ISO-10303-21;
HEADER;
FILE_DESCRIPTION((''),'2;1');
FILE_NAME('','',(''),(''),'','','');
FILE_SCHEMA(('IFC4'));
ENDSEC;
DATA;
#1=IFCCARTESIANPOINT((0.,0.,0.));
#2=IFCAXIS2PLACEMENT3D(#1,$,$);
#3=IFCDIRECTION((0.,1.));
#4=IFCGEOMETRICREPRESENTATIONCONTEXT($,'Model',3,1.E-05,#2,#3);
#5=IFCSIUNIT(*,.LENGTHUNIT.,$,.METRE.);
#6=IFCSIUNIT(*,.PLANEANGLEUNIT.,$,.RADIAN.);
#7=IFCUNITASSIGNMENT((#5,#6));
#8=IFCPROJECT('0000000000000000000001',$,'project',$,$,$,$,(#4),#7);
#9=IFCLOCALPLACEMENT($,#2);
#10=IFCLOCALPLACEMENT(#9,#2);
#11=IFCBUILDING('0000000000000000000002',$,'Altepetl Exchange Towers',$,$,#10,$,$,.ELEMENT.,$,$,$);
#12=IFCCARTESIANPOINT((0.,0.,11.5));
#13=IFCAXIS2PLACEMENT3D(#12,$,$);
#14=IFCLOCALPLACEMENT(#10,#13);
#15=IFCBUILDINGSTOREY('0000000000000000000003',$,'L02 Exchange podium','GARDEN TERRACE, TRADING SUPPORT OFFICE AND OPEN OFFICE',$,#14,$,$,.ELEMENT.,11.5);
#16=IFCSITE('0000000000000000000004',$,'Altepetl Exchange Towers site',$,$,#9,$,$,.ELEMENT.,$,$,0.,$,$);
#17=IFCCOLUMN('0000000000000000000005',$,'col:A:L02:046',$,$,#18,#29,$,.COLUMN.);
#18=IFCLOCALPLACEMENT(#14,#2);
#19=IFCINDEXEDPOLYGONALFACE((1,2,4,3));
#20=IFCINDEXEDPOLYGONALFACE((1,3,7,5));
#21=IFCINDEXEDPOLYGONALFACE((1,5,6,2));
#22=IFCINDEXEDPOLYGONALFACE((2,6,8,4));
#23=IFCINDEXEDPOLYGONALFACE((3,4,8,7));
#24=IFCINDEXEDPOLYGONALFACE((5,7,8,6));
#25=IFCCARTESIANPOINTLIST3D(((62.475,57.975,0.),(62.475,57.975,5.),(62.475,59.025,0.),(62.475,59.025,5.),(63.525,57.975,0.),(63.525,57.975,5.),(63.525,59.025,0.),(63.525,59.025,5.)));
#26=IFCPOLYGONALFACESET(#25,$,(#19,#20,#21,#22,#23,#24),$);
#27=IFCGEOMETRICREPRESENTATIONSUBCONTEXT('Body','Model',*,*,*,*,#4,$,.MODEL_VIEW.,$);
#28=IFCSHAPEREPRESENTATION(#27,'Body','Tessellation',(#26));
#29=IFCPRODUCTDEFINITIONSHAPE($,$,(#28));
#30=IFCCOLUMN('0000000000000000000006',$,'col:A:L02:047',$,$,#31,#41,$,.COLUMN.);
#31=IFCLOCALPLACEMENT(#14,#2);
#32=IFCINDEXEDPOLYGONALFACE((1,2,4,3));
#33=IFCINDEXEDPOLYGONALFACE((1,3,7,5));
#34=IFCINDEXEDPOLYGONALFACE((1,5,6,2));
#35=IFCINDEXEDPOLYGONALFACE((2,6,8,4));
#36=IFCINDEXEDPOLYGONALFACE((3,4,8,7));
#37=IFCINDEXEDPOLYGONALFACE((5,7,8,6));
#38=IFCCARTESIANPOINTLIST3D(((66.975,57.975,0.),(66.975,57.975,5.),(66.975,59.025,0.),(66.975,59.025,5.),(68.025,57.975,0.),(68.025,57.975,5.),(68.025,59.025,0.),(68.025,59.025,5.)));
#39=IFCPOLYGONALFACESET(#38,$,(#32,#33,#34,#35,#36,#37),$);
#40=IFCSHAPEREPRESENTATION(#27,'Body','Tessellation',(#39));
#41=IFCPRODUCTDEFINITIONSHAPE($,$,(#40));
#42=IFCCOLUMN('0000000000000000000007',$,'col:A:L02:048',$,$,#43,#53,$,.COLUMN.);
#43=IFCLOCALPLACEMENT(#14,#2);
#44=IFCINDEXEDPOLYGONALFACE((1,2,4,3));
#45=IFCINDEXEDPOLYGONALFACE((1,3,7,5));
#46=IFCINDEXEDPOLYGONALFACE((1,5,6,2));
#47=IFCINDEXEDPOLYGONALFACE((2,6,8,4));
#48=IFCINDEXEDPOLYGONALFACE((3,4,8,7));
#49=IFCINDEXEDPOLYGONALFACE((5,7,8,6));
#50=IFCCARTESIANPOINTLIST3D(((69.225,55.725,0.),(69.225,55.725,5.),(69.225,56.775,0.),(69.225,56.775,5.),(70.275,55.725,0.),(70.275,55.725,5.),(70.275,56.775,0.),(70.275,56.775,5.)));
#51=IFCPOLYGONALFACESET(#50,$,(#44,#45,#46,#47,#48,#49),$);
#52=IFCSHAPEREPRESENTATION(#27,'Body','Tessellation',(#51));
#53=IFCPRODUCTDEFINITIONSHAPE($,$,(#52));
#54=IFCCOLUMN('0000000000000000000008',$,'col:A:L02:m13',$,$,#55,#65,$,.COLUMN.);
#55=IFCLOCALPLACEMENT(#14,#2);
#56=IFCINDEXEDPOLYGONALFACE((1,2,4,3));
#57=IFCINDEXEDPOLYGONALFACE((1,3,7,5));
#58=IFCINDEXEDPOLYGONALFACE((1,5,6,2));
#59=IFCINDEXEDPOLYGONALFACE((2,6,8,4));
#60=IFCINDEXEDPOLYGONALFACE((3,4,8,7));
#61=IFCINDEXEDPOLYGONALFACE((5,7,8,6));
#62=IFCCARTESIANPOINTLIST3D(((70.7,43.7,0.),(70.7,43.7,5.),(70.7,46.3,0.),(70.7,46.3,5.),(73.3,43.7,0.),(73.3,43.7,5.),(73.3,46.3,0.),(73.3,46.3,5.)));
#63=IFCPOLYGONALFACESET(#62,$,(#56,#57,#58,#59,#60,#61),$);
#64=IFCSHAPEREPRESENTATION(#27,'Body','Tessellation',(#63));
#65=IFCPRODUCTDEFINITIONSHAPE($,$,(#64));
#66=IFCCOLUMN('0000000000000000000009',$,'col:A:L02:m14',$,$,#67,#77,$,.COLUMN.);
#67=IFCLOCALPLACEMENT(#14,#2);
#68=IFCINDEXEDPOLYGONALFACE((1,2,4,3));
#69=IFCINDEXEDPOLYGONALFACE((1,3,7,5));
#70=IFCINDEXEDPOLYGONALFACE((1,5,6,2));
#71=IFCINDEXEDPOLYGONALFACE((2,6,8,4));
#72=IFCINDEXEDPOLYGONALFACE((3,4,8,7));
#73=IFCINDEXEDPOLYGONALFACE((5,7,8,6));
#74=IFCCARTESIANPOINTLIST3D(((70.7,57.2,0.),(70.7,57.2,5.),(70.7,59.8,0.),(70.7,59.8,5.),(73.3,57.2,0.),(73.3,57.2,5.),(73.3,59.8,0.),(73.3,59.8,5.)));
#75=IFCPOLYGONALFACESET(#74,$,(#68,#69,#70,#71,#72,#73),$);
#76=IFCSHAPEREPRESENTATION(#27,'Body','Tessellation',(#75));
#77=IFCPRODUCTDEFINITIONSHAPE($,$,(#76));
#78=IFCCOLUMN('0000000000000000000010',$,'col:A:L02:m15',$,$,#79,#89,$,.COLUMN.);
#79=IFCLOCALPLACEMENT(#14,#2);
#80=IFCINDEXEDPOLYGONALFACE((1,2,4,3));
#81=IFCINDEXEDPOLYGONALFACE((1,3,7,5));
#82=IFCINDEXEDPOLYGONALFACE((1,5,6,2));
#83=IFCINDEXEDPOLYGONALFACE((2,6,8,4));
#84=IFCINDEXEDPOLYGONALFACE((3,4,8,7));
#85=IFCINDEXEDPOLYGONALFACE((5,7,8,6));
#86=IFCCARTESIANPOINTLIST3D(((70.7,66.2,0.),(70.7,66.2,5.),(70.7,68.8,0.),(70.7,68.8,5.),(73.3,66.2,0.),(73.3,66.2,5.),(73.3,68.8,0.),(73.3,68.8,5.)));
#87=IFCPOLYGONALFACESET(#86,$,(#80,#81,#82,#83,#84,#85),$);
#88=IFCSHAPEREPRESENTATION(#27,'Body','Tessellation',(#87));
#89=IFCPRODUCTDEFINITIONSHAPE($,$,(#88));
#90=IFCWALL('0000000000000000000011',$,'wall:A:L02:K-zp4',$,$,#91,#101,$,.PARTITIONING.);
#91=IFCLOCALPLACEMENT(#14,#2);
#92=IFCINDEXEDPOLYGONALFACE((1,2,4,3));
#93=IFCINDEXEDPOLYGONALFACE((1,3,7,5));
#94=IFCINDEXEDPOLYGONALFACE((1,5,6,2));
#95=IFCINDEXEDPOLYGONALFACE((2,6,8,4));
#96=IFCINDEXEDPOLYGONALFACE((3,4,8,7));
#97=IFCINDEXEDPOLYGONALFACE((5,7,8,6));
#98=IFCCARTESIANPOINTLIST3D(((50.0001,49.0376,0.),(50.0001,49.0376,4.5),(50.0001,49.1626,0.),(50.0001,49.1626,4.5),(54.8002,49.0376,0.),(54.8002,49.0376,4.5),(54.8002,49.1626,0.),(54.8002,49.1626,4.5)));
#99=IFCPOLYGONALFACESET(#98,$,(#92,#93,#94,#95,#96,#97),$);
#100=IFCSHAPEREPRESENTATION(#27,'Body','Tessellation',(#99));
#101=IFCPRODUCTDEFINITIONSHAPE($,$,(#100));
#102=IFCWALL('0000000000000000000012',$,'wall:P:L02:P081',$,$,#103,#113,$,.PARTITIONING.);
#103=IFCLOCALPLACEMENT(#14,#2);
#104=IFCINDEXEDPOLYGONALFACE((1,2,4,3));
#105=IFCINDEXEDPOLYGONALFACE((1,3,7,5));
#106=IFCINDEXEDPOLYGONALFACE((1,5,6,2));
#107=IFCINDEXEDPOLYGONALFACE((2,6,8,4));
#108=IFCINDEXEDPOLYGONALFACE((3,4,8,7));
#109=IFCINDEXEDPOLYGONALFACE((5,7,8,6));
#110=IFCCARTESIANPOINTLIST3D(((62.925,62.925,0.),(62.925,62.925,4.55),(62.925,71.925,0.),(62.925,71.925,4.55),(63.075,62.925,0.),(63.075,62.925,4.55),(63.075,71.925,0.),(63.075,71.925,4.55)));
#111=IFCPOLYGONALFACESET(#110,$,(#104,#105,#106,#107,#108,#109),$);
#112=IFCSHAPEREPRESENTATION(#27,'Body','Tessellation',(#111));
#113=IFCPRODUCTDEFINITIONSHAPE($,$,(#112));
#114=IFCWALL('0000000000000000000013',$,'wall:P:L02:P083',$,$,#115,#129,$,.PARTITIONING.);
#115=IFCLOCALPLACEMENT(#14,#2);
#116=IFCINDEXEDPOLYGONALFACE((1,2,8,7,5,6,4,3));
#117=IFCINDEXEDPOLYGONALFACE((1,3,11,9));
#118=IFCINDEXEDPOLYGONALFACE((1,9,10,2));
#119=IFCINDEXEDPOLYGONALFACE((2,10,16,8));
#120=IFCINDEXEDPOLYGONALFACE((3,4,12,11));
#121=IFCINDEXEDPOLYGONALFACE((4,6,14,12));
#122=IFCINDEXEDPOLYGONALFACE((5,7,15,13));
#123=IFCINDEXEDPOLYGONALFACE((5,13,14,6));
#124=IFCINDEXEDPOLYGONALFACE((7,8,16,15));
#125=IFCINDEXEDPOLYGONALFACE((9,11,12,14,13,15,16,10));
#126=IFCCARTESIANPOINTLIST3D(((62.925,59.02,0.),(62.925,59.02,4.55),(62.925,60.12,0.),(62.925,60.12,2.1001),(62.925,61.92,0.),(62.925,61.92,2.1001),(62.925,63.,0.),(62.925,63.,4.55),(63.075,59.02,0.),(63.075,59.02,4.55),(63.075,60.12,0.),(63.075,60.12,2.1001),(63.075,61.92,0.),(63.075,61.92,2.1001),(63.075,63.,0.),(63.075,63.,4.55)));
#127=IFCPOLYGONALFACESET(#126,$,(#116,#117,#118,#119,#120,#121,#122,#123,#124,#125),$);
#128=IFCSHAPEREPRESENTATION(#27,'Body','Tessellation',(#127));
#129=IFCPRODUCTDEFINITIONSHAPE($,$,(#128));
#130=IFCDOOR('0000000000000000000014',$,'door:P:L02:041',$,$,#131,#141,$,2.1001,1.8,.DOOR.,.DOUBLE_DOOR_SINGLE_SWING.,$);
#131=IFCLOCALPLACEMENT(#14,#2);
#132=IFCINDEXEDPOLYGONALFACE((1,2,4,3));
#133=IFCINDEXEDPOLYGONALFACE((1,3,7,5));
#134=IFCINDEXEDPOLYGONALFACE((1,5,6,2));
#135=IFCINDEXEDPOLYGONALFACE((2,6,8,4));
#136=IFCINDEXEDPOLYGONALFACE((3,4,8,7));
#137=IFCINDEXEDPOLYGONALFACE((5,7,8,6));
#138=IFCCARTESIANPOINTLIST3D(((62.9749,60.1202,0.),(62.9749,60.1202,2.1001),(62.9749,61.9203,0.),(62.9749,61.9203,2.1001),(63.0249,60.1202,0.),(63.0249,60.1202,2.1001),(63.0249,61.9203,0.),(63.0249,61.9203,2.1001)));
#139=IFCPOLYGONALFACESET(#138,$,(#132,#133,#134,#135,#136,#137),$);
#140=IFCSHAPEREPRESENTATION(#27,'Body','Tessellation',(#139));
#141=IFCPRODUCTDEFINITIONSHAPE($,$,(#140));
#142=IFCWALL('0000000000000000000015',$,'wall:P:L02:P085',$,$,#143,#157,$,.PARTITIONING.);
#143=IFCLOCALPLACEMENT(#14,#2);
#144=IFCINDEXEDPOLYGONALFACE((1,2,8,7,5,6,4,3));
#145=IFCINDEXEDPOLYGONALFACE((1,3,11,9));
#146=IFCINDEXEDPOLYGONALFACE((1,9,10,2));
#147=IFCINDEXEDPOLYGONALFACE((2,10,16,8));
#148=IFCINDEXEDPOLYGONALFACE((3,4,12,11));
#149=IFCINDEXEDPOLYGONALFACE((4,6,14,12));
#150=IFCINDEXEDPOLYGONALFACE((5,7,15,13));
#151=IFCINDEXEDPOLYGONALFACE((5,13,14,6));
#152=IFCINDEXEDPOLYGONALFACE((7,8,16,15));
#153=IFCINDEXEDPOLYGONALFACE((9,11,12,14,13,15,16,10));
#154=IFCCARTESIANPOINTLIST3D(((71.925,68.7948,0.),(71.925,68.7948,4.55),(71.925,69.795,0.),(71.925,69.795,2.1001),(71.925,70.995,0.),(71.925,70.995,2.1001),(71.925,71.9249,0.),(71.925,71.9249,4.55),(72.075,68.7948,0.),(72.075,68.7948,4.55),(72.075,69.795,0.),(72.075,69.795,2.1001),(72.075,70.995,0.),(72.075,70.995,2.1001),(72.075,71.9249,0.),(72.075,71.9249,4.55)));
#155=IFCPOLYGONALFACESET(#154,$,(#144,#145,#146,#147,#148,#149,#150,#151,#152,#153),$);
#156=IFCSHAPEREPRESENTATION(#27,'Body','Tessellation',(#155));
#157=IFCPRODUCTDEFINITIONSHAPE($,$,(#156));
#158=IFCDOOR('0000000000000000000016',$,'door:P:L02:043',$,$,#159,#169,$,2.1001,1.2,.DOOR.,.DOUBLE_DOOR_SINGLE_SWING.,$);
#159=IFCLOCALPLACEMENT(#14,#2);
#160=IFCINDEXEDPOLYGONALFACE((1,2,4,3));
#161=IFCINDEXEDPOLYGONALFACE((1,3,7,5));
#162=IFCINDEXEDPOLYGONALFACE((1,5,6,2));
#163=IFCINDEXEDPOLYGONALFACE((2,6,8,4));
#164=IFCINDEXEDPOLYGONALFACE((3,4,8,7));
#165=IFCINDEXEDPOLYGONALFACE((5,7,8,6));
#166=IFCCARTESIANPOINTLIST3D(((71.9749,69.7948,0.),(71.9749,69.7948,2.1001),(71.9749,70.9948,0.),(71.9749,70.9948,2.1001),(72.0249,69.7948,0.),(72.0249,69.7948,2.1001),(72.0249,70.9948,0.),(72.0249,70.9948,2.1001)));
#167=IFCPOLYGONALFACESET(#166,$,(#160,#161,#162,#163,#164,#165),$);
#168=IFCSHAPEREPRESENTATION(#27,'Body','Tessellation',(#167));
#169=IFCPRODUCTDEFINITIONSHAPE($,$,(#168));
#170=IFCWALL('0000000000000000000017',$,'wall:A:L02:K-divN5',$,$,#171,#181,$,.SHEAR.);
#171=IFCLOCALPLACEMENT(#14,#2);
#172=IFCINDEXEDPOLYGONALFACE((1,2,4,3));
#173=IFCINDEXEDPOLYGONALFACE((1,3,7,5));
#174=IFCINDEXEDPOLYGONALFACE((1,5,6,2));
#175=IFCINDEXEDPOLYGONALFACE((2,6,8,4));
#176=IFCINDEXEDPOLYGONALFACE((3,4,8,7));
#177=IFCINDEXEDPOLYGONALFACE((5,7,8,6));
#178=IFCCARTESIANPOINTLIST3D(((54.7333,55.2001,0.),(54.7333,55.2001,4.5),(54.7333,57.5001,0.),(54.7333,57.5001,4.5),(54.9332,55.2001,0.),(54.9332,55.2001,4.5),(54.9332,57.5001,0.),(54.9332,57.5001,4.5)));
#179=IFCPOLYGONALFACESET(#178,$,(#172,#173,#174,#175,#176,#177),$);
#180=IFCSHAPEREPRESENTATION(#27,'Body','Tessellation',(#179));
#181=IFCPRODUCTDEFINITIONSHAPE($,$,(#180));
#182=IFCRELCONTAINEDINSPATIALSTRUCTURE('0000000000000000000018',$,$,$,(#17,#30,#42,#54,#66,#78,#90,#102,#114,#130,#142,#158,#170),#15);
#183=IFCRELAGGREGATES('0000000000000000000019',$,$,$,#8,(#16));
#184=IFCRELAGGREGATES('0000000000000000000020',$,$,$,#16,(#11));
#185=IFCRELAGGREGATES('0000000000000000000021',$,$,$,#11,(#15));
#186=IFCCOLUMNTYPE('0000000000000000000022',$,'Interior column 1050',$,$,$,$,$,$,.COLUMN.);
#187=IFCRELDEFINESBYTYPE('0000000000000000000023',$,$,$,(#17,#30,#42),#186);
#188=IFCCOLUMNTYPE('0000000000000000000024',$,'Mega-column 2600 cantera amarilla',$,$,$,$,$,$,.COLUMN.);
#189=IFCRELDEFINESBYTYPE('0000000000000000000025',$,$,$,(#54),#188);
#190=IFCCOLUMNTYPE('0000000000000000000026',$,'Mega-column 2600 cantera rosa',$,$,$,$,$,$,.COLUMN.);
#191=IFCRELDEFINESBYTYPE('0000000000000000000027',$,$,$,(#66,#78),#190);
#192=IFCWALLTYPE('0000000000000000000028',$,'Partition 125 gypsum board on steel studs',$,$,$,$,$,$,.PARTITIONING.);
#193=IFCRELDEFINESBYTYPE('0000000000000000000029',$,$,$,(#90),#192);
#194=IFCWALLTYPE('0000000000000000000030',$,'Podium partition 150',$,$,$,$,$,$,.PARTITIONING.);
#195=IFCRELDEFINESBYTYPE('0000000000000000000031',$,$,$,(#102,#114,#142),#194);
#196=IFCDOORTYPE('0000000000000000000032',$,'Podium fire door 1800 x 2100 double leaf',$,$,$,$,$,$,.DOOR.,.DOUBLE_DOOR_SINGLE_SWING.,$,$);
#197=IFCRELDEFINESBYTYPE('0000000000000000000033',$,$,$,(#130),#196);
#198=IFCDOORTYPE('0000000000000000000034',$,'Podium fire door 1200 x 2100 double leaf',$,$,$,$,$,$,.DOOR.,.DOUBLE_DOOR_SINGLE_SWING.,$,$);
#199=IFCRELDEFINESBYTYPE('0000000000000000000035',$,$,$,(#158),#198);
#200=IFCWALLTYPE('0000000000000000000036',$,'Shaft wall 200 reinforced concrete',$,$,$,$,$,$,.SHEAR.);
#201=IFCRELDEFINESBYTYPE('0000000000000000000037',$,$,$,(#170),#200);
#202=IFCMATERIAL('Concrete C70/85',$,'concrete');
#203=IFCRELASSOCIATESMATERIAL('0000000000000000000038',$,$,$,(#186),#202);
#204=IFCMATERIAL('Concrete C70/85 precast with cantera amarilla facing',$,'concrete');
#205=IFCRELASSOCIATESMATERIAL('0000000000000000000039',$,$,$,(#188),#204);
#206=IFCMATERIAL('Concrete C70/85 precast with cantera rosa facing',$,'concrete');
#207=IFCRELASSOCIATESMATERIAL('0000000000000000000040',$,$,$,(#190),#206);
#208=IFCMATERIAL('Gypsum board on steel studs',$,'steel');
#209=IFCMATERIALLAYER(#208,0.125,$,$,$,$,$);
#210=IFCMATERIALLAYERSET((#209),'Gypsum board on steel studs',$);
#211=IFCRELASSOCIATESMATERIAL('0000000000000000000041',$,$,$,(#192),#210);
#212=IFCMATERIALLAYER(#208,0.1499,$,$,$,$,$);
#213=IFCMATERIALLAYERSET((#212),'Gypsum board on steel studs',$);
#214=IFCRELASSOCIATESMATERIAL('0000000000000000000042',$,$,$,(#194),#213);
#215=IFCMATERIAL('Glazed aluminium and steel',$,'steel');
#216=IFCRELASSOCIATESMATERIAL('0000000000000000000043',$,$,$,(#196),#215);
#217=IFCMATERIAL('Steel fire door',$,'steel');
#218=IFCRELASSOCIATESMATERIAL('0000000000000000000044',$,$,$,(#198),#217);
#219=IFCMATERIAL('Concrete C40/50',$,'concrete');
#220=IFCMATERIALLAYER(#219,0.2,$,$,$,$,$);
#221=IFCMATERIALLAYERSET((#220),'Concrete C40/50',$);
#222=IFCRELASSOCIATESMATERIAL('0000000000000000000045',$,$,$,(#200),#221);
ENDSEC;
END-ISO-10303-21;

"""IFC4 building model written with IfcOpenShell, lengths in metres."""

from ifc_helpers import new_model, si_unit, direction, frame, frame_2d, origin, origin_2d, place, context, subcontext, project, spatial, rectangle, extrude, material, layer, layer_set, material_profile, profile_set, type_object, element, fill, save


model = new_model("IFC4")

# Units and contexts
model_context = context("Model", 3, precision=1e-05, world=origin(), true_north=direction((0.0, 1.0)))
body_context = subcontext(model_context, "Body", "Model", "MODEL_VIEW")
ifc_project = project(units=[si_unit("LENGTHUNIT", "METRE"), si_unit("PLANEANGLEUNIT", "RADIAN")], contexts=[model_context])

# Site, building, storey
site_placement = place(None, origin())
site = spatial("IfcSite", under=ifc_project, at=site_placement, Name="Altepetl Exchange Towers site", CompositionType="ELEMENT", RefElevation=0.0)
building_placement = place(site_placement, origin())
building = spatial("IfcBuilding", under=site, at=building_placement, Name="Altepetl Exchange Towers", CompositionType="ELEMENT")
storey_placement = place(building_placement, frame((0.0, 0.0, 11.5)))
storey = spatial("IfcBuildingStorey", under=building, at=storey_placement, Name="L02 Exchange podium", Description="GARDEN TERRACE, TRADING SUPPORT OFFICE AND OPEN OFFICE", CompositionType="ELEMENT", Elevation=11.5)

# Columns
ifc_material_1 = material(Name="Concrete C70/85", Category="concrete")
ifc_material_profile_1 = material_profile(ifc_material_1, rectangle(XDim=1.05, YDim=1.05, at=origin_2d()), Name="1050 x 1050")
ifc_profile_set_1 = profile_set([ifc_material_profile_1], Name="Concrete C70/85")
column_type_1 = type_object("IfcColumnType", Name="Interior column 1050", PredefinedType="COLUMN", material=ifc_profile_set_1)
for number, where, name in (
    (1, (63.0, 58.5, 0.0), "col:A:L02:046"),
    (2, (67.5, 58.5, 0.0), "col:A:L02:047"),
    (3, (69.75, 56.25, 0.0), "col:A:L02:048"),
):
    element("IfcColumn", number, at=place(storey_placement, frame(where)), inside=storey, type_object=column_type_1, Name=name, PredefinedType="COLUMN", context=body_context, shape_type="SweptSolid", body=[
        extrude(rectangle(XDim=1.05, YDim=1.05, at=origin_2d()), origin(), (0.0, 0.0, 1.0), 5.0),
    ])
ifc_material_2 = material(Name="Concrete C70/85 precast with cantera amarilla facing", Category="concrete")
ifc_material_profile_2 = material_profile(ifc_material_2, rectangle(XDim=2.6001, YDim=2.6001, at=origin_2d()), Name="2600 x 2600")
ifc_profile_set_2 = profile_set([ifc_material_profile_2], Name="Concrete C70/85 precast with cantera amarilla facing")
column_type_2 = type_object("IfcColumnType", Name="Mega-column 2600 cantera amarilla", PredefinedType="COLUMN", material=ifc_profile_set_2)
column_placement = place(storey_placement, frame((72.0, 45.0, 0.0)))
element("IfcColumn", 4, at=column_placement, inside=storey, type_object=column_type_2, Name="col:A:L02:m13", PredefinedType="COLUMN", context=body_context, shape_type="SweptSolid", body=[
    extrude(rectangle(XDim=2.6001, YDim=2.6001, at=origin_2d()), origin(), (0.0, 0.0, 1.0), 5.0),
])
ifc_material_3 = material(Name="Concrete C70/85 precast with cantera rosa facing", Category="concrete")
ifc_material_profile_3 = material_profile(ifc_material_3, rectangle(XDim=2.6001, YDim=2.6001, at=origin_2d()), Name="2600 x 2600")
ifc_profile_set_3 = profile_set([ifc_material_profile_3], Name="Concrete C70/85 precast with cantera rosa facing")
column_type_3 = type_object("IfcColumnType", Name="Mega-column 2600 cantera rosa", PredefinedType="COLUMN", material=ifc_profile_set_3)
for number, where, name in (
    (5, (72.0, 58.5, 0.0), "col:A:L02:m14"),
    (6, (72.0, 67.5, 0.0), "col:A:L02:m15"),
):
    element("IfcColumn", number, at=place(storey_placement, frame(where)), inside=storey, type_object=column_type_3, Name=name, PredefinedType="COLUMN", context=body_context, shape_type="SweptSolid", body=[
        extrude(rectangle(XDim=2.6001, YDim=2.6001, at=origin_2d()), origin(), (0.0, 0.0, 1.0), 5.0),
    ])

# Walls
ifc_material_4 = material(Name="Gypsum board on steel studs", Category="steel")
ifc_layer_1 = layer(ifc_material_4, 0.125)
ifc_layer_set_1 = layer_set([ifc_layer_1], Name="Gypsum board on steel studs")
wall_type_1 = type_object("IfcWallType", Name="Partition 125 gypsum board on steel studs", PredefinedType="PARTITIONING", material=ifc_layer_set_1)
wall_1_placement = place(storey_placement, frame((54.8, 49.1001, 0.0), z_axis=(0.0, 0.0, 1.0), x_axis=(-1.0, 0.0, 0.0)))
element("IfcWall", 7, at=wall_1_placement, inside=storey, type_object=wall_type_1, Name="wall:A:L02:K-zp4", PredefinedType="PARTITIONING", context=body_context, shape_type="SweptSolid", body=[
    extrude(rectangle(XDim=4.8, YDim=0.125, at=frame_2d((2.3999, 0.0))), origin(), (0.0, 0.0, 1.0), 4.5),
])
ifc_layer_2 = layer(ifc_material_4, 0.1499)
ifc_layer_set_2 = layer_set([ifc_layer_2], Name="Gypsum board on steel studs")
wall_type_2 = type_object("IfcWallType", Name="Podium partition 150", PredefinedType="PARTITIONING", material=ifc_layer_set_2)
wall_2_placement = place(storey_placement, frame((63.0, 62.925, 0.0), z_axis=(0.0, 0.0, 1.0), x_axis=(0.0, 1.0, 0.0)))
element("IfcWall", 8, at=wall_2_placement, inside=storey, type_object=wall_type_2, Name="wall:P:L02:P081", PredefinedType="PARTITIONING", context=body_context, shape_type="SweptSolid", body=[
    extrude(rectangle(XDim=9.0, YDim=0.1499, at=frame_2d((4.5, 0.0))), origin(), (0.0, 0.0, 1.0), 4.55),
])

# Walls, openings, doors
wall_3_placement = place(storey_placement, frame((63.0, 59.02, 0.0), z_axis=(0.0, 0.0, 1.0), x_axis=(0.0, 1.0, 0.0)))
wall_3 = element("IfcWall", 9, at=wall_3_placement, inside=storey, type_object=wall_type_2, Name="wall:P:L02:P083", PredefinedType="PARTITIONING", context=body_context, shape_type="SweptSolid", body=[
    extrude(rectangle(XDim=3.98, YDim=0.1499, at=frame_2d((1.99, 0.0))), origin(), (0.0, 0.0, 1.0), 4.55),
])
opening_1_placement = place(wall_3_placement, frame((1.1001, 0.0, 0.0)))
opening_1 = element("IfcOpeningElement", 10, at=opening_1_placement, cuts=wall_3, PredefinedType="OPENING", context=body_context, shape_type="SweptSolid", body=[
    extrude(rectangle(XDim=1.8, YDim=2.1001, at=frame_2d((0.8999, 1.05))), frame((0.0, 0.085, 0.0), z_axis=(0.0, -1.0, 0.0), x_axis=(1.0, 0.0, 0.0)), (0.0, 0.0, 1.0), 0.1699),
])
ifc_material_5 = material(Name="Glazed aluminium and steel", Category="steel")
door_type_1 = type_object("IfcDoorType", Name="Podium fire door 1800 x 2100 double leaf", OperationType="DOUBLE_DOOR_SINGLE_SWING", PredefinedType="DOOR", material=ifc_material_5)
door_1_placement = place(opening_1_placement, frame((1.8, 0.0, 0.0), x_axis=(-1.0, 0.0, 0.0)))
door_1 = element("IfcDoor", 11, at=door_1_placement, inside=storey, type_object=door_type_1, Name="door:P:L02:041", OperationType="DOUBLE_DOOR_SINGLE_SWING", OverallHeight=2.1001, OverallWidth=1.8, PredefinedType="DOOR", context=body_context, shape_type="SweptSolid", body=[
    extrude(rectangle(XDim=1.8, YDim=2.1001, at=frame_2d((0.8999, 1.05))), frame((0.0, 0.0249, 0.0), z_axis=(0.0, -1.0, 0.0), x_axis=(1.0, 0.0, 0.0)), (0.0, 0.0, 1.0), 0.05),
])
fill(opening_1, door_1)
wall_4_placement = place(storey_placement, frame((72.0, 68.7949, 0.0), z_axis=(0.0, 0.0, 1.0), x_axis=(0.0, 1.0, 0.0)))
wall_4 = element("IfcWall", 12, at=wall_4_placement, inside=storey, type_object=wall_type_2, Name="wall:P:L02:P085", PredefinedType="PARTITIONING", context=body_context, shape_type="SweptSolid", body=[
    extrude(rectangle(XDim=3.1301, YDim=0.1499, at=frame_2d((1.5649, 0.0))), origin(), (0.0, 0.0, 1.0), 4.55),
])
opening_2_placement = place(wall_4_placement, frame((1.0, 0.0, 0.0)))
opening_2 = element("IfcOpeningElement", 13, at=opening_2_placement, cuts=wall_4, PredefinedType="OPENING", context=body_context, shape_type="SweptSolid", body=[
    extrude(rectangle(XDim=1.2, YDim=2.1001, at=frame_2d((0.6001, 1.05))), frame((0.0, 0.085, 0.0), z_axis=(0.0, -1.0, 0.0), x_axis=(1.0, 0.0, 0.0)), (0.0, 0.0, 1.0), 0.1699),
])
ifc_material_6 = material(Name="Steel fire door", Category="steel")
door_type_2 = type_object("IfcDoorType", Name="Podium fire door 1200 x 2100 double leaf", OperationType="DOUBLE_DOOR_SINGLE_SWING", PredefinedType="DOOR", material=ifc_material_6)
door_2_placement = place(opening_2_placement, frame((1.2, 0.0, 0.0), x_axis=(-1.0, 0.0, 0.0)))
door_2 = element("IfcDoor", 14, at=door_2_placement, inside=storey, type_object=door_type_2, Name="door:P:L02:043", OperationType="DOUBLE_DOOR_SINGLE_SWING", OverallHeight=2.1001, OverallWidth=1.2, PredefinedType="DOOR", context=body_context, shape_type="SweptSolid", body=[
    extrude(rectangle(XDim=1.2, YDim=2.1001, at=frame_2d((0.6001, 1.05))), frame((0.0, 0.0249, 0.0), z_axis=(0.0, -1.0, 0.0), x_axis=(1.0, 0.0, 0.0)), (0.0, 0.0, 1.0), 0.05),
])
fill(opening_2, door_2)

# Wall
ifc_material_7 = material(Name="Concrete C40/50", Category="concrete")
ifc_layer_3 = layer(ifc_material_7, 0.2)
ifc_layer_set_3 = layer_set([ifc_layer_3], Name="Concrete C40/50")
wall_type_3 = type_object("IfcWallType", Name="Shaft wall 200 reinforced concrete", PredefinedType="SHEAR", material=ifc_layer_set_3)
wall_5_placement = place(storey_placement, frame((54.8333, 57.5, 0.0), z_axis=(0.0, 0.0, 1.0), x_axis=(0.0, -1.0, 0.0)))
element("IfcWall", 15, at=wall_5_placement, inside=storey, type_object=wall_type_3, Name="wall:A:L02:K-divN5", PredefinedType="SHEAR", context=body_context, shape_type="SweptSolid", body=[
    extrude(rectangle(XDim=2.3, YDim=0.2, at=frame_2d((1.1499, 0.0))), origin(), (0.0, 0.0, 1.0), 4.5),
])

save(model, "model.ifc")
